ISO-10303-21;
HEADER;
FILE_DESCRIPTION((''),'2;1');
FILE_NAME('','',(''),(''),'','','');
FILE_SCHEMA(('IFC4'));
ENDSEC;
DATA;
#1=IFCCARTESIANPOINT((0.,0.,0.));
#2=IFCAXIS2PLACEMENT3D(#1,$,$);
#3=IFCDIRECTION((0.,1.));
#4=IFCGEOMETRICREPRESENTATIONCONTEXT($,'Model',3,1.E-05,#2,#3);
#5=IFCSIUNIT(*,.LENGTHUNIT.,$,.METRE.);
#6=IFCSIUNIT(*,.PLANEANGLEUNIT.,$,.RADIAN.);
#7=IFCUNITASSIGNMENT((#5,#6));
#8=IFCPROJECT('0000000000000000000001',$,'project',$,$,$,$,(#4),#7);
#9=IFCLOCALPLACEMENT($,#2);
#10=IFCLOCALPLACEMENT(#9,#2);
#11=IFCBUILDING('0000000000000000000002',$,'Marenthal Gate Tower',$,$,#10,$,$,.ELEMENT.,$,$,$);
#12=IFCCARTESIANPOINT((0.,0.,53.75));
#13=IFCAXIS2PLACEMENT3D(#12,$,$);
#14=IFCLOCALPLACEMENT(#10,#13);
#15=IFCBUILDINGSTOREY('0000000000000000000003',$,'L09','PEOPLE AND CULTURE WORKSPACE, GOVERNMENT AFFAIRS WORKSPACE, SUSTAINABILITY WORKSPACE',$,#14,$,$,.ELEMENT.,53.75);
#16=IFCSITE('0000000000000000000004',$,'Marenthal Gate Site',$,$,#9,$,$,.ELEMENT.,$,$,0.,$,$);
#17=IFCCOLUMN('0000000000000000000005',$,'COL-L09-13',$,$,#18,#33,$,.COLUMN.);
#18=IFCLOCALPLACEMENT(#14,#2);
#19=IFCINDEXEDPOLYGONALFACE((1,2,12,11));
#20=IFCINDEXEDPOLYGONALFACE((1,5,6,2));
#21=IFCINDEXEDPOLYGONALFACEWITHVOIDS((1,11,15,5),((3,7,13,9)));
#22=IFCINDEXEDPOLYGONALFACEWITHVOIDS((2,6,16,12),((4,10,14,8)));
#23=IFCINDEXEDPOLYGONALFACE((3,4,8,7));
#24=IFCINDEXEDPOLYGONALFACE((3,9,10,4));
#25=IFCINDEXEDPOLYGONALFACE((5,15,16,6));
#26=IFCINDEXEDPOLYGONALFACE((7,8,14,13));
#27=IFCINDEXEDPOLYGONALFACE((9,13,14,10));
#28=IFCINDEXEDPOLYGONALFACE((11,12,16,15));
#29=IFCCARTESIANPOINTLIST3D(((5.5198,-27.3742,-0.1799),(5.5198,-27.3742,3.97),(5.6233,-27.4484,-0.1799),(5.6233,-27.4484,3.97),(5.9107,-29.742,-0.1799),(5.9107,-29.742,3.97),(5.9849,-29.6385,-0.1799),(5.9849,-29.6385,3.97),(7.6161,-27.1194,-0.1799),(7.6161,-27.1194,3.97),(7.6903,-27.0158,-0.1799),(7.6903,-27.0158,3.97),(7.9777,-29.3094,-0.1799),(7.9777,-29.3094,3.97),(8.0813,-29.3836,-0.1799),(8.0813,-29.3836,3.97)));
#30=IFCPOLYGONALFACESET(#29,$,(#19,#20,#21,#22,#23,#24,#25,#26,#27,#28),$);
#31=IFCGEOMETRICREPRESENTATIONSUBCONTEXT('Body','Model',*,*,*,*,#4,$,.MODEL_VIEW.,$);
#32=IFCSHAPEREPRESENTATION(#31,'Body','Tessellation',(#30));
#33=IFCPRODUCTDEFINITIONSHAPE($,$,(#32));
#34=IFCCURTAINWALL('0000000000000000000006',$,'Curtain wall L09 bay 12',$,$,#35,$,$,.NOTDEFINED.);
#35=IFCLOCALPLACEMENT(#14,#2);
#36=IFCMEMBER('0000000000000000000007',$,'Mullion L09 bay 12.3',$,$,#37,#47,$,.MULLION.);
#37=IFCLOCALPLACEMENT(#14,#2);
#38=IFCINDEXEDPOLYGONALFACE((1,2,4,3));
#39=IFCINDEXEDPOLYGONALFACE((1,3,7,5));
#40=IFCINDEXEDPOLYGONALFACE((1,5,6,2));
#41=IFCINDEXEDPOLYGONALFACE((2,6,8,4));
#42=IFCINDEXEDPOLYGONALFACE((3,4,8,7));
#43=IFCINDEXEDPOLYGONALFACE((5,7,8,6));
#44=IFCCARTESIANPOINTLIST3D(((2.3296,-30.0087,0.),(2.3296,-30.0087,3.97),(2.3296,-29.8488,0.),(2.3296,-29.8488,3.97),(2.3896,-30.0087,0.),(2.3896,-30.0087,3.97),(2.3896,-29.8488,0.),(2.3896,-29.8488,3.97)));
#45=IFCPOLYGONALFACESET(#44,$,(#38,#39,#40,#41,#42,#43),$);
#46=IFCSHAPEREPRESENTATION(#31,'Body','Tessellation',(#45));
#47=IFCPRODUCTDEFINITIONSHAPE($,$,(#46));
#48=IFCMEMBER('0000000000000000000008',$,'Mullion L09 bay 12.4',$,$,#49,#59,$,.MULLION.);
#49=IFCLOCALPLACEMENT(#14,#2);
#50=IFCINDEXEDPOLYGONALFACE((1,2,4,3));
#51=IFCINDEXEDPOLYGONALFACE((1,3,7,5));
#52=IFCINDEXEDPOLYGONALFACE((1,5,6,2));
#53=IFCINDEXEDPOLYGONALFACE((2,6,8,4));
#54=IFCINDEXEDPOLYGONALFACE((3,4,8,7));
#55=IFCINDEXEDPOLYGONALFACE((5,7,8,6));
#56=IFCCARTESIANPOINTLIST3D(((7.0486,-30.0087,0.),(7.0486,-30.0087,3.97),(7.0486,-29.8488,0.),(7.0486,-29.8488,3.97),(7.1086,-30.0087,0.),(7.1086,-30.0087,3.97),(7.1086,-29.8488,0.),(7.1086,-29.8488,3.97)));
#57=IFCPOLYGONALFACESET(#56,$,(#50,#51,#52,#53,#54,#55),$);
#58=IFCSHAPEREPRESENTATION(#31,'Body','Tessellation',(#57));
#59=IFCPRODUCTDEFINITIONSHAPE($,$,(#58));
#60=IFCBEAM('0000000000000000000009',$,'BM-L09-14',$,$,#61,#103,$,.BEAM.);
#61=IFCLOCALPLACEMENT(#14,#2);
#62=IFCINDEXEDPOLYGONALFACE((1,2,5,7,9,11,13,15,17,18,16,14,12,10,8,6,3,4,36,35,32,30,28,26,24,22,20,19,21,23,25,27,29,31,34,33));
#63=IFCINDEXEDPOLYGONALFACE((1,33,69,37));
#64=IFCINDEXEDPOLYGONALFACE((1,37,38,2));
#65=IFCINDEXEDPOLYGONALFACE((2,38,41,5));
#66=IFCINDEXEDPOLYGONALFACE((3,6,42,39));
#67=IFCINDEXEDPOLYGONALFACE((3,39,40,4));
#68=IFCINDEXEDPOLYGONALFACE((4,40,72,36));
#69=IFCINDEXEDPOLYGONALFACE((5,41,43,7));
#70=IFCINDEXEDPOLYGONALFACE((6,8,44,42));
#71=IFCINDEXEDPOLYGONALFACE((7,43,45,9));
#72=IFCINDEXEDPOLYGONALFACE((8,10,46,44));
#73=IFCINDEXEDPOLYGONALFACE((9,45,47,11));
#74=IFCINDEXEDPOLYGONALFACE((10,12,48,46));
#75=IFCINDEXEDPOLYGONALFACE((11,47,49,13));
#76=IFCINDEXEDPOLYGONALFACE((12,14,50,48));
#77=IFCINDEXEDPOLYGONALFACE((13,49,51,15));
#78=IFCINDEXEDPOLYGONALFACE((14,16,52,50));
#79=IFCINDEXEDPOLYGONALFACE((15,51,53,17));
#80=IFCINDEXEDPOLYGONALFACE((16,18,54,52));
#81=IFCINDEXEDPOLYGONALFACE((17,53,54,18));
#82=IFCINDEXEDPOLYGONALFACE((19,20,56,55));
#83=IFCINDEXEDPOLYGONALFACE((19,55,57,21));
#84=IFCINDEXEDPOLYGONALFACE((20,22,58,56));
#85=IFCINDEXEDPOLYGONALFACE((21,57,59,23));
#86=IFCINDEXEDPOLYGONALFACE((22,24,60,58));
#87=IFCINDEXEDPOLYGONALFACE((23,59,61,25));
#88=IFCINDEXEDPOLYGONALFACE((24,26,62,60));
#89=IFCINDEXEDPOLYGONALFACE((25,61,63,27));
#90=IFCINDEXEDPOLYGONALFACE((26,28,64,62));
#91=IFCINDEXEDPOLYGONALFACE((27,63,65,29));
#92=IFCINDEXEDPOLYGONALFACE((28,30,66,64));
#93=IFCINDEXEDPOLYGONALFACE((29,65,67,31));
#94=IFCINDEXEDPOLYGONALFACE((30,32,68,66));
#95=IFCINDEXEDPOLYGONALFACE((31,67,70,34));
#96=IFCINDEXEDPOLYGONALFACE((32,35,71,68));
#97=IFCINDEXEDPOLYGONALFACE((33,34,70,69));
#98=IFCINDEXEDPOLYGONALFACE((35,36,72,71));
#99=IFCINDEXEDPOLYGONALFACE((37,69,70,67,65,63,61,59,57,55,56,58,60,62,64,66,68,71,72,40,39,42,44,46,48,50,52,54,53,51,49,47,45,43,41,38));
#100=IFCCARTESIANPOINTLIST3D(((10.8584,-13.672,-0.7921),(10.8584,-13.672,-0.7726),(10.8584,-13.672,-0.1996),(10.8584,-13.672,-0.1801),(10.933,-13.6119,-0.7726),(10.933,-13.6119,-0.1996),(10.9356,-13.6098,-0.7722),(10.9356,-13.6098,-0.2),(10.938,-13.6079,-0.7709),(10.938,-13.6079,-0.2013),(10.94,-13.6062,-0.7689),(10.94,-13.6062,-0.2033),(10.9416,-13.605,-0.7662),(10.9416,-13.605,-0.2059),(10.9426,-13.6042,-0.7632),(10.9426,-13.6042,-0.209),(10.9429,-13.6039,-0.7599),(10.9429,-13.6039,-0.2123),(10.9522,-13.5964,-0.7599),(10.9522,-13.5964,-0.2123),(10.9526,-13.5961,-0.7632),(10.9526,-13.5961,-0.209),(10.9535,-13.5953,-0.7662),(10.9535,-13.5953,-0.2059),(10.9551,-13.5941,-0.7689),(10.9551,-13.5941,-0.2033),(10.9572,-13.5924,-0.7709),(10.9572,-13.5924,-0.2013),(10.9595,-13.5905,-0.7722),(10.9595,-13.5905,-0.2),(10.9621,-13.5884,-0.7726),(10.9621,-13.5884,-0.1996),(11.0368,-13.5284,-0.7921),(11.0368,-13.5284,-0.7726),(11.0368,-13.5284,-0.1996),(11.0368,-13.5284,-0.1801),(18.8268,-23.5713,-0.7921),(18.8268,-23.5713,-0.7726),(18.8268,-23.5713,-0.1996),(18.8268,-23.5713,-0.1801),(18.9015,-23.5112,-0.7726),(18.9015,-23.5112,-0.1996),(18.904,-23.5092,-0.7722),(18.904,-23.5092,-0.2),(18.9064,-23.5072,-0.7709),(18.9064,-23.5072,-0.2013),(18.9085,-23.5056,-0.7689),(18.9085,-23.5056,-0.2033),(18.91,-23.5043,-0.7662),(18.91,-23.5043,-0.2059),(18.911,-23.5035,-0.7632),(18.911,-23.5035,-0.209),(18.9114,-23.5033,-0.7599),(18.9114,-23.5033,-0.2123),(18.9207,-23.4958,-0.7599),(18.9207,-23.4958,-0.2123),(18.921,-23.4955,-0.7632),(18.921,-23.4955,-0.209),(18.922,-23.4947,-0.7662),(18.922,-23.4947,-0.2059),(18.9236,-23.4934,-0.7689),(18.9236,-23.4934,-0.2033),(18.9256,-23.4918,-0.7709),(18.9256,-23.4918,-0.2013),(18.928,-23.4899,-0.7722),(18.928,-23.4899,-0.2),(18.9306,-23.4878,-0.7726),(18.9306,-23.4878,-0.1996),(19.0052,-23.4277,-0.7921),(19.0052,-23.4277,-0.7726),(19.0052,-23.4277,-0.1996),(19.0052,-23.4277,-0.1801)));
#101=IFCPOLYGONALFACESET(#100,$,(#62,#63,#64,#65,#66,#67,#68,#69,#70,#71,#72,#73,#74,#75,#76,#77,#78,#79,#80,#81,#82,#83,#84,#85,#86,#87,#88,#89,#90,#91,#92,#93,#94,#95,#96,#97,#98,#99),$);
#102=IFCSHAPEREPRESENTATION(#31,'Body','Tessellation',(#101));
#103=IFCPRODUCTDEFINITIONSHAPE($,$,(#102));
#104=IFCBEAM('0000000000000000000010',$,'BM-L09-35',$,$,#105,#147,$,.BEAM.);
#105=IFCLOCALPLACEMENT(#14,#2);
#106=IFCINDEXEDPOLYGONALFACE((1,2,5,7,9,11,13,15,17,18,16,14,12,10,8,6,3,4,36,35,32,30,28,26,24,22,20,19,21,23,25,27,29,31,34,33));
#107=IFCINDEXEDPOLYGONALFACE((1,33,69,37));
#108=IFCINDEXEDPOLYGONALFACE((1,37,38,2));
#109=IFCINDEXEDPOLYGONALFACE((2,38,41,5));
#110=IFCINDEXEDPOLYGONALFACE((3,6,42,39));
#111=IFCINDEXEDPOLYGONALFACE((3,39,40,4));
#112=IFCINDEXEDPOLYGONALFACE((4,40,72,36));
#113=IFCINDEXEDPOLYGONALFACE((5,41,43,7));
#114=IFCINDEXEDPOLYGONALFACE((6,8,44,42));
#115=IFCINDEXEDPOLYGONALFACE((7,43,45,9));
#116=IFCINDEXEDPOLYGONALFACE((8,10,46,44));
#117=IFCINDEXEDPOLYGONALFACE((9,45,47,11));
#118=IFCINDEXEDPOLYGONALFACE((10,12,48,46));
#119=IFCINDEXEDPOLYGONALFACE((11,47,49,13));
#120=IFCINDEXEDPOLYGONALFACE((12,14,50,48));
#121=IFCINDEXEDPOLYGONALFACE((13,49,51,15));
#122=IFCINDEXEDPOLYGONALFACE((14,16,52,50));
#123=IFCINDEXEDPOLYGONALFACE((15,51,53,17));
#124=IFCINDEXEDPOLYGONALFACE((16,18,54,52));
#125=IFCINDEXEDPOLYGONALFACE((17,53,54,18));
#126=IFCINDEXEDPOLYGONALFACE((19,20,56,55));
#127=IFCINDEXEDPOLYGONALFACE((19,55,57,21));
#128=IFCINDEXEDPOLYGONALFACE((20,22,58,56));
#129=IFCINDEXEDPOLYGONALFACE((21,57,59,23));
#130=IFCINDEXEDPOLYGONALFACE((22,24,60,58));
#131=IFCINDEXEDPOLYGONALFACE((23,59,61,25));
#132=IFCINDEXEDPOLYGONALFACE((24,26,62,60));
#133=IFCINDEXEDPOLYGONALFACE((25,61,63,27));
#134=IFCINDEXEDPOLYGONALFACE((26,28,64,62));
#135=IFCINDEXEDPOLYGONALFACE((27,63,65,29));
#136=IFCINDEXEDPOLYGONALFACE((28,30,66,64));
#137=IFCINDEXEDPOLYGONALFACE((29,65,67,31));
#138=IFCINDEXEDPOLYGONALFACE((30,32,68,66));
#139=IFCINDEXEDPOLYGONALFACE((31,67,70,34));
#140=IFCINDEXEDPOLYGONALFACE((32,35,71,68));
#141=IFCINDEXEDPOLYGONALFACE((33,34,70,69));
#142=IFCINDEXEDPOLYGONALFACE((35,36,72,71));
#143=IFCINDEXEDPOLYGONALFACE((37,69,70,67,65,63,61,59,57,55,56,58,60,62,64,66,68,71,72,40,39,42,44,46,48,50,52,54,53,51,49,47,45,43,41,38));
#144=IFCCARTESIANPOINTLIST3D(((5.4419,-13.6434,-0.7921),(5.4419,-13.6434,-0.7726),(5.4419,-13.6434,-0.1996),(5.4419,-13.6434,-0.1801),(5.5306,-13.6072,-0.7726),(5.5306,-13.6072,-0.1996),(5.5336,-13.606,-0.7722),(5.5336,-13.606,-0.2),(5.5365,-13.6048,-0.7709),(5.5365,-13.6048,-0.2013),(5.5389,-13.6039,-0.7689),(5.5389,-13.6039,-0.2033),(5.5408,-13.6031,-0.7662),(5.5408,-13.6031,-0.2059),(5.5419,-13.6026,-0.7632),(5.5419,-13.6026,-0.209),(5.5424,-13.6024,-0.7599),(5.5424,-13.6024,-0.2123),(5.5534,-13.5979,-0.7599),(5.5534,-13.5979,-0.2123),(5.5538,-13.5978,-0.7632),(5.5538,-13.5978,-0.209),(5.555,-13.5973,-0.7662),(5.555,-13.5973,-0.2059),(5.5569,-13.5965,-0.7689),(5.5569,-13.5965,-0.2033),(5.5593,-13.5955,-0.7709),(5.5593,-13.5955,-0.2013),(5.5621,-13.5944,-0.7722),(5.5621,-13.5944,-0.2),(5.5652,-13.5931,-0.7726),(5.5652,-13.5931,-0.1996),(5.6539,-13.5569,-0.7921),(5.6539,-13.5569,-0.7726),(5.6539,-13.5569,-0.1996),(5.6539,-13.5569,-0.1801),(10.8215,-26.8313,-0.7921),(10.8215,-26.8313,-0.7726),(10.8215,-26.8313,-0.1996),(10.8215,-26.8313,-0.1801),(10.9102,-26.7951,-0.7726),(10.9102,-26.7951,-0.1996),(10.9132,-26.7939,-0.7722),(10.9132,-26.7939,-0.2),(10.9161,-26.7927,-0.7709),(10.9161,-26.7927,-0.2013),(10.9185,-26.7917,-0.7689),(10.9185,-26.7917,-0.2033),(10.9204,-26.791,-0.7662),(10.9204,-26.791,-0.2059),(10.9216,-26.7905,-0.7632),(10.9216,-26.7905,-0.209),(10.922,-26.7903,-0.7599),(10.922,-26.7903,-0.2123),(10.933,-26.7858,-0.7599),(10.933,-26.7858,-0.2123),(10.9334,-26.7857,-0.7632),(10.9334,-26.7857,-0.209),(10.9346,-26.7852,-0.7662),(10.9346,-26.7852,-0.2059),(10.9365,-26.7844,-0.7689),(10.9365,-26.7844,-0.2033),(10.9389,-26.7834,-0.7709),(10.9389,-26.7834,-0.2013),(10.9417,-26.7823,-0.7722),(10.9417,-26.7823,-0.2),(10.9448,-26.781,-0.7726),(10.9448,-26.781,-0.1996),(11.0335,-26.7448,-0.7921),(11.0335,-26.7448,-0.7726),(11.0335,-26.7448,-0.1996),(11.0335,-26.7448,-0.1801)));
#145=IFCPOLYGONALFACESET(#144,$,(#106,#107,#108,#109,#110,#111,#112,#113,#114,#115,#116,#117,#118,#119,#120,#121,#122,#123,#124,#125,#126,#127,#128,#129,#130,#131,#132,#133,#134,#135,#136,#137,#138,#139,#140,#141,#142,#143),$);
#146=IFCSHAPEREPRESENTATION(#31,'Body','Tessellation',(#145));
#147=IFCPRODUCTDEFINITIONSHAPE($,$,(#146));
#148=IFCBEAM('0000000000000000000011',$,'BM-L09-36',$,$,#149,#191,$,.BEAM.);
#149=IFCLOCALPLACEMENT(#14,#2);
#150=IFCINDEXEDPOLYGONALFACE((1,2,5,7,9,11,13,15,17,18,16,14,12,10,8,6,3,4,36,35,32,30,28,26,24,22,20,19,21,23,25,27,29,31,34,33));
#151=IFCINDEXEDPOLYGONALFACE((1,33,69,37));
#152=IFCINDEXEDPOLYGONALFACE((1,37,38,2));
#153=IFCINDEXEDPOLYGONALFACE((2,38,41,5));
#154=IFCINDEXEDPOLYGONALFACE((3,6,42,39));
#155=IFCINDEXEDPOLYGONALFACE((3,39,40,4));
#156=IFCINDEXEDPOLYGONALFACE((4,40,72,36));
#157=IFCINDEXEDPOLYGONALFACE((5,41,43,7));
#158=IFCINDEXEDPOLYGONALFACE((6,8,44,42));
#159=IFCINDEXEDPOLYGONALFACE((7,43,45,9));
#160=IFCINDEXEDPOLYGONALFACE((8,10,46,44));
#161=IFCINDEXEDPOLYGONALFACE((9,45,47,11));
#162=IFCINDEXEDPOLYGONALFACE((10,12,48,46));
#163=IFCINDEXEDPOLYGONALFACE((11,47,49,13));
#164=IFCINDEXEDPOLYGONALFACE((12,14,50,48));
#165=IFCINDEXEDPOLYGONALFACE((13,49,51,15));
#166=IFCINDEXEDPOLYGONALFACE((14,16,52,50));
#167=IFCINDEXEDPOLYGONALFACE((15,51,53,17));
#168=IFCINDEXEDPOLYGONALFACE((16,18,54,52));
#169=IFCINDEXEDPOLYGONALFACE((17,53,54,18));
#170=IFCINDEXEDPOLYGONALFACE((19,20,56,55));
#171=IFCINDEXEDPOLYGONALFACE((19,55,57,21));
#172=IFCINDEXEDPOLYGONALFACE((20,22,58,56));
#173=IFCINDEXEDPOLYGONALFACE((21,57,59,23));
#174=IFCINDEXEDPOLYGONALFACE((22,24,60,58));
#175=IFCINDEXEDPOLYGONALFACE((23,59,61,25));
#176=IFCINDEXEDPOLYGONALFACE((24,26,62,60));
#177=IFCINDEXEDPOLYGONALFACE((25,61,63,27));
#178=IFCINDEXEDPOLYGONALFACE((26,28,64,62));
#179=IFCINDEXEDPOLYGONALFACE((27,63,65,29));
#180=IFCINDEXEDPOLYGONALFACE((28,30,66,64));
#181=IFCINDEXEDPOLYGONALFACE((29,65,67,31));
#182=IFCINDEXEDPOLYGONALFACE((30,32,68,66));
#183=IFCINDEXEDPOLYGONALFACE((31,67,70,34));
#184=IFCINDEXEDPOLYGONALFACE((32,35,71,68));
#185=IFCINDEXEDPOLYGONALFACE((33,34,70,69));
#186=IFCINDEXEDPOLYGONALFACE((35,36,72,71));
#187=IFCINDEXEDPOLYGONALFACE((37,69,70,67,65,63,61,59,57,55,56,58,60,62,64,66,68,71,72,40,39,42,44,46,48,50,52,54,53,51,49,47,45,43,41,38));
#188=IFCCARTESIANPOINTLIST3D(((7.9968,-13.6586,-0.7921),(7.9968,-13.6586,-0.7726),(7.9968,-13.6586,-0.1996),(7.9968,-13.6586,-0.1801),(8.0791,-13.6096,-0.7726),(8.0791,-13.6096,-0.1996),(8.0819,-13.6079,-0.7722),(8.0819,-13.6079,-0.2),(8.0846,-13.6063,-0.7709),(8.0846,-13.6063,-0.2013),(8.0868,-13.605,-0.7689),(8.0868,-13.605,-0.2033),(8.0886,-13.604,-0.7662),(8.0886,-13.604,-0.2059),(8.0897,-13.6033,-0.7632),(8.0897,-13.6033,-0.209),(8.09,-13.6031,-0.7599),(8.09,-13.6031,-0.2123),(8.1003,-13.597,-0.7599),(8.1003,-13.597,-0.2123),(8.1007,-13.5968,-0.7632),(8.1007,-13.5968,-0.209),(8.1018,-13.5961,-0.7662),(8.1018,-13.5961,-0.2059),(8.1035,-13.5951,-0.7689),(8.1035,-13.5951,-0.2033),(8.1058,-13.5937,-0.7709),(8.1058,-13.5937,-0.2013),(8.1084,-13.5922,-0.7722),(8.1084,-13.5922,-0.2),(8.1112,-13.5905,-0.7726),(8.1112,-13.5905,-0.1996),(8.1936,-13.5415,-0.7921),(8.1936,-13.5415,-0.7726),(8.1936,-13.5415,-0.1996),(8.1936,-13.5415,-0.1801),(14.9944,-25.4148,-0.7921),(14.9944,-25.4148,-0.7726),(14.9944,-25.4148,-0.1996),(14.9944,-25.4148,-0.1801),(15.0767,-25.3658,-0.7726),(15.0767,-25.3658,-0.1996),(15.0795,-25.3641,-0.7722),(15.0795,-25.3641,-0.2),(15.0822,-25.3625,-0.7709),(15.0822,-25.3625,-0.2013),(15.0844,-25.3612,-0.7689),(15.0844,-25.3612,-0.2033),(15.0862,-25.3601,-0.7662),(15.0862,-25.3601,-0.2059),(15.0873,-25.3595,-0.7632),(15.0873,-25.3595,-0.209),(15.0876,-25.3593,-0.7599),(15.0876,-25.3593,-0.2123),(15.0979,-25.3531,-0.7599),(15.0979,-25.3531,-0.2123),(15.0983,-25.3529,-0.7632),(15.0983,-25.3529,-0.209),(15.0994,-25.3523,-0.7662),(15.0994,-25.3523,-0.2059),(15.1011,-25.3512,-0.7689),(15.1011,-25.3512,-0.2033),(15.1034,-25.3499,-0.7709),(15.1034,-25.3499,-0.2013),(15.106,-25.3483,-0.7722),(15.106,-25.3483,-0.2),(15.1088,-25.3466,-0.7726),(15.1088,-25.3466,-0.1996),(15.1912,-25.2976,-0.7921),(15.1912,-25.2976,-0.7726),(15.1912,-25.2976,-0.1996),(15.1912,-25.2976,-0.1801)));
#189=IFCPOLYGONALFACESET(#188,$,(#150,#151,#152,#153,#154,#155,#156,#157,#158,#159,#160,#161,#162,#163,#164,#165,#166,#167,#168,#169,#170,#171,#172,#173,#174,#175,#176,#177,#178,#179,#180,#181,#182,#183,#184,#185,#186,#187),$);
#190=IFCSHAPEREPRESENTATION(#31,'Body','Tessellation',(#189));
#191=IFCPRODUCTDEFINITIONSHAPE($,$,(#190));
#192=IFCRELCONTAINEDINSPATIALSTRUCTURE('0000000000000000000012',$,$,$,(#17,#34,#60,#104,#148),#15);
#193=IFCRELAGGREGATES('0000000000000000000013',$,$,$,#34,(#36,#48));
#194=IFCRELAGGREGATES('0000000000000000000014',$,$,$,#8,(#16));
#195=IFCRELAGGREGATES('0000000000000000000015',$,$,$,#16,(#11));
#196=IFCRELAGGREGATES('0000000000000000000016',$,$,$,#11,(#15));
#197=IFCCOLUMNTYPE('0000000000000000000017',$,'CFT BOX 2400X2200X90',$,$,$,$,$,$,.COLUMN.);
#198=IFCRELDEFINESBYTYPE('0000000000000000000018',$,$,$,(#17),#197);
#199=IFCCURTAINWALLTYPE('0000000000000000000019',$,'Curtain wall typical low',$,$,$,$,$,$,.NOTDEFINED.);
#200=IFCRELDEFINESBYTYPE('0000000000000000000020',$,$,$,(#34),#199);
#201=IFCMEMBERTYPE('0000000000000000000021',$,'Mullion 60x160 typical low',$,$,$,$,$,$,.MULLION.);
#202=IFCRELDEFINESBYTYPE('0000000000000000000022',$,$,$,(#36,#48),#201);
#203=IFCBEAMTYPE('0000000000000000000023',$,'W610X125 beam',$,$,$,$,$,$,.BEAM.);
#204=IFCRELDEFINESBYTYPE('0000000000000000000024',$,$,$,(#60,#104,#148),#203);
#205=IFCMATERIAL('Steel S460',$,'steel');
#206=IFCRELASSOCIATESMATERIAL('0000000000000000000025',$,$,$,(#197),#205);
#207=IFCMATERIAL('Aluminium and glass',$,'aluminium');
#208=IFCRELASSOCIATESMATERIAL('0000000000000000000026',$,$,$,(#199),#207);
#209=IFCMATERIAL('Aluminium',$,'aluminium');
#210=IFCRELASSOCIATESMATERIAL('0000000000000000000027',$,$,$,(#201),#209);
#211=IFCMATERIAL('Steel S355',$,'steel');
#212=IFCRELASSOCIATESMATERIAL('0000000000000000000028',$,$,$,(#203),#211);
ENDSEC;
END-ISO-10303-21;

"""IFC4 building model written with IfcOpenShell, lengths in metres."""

from ifc_helpers import new_model, si_unit, direction, frame, origin, origin_2d, place, context, subcontext, project, spatial, rectangle, hollow_rectangle, i_section, extrude, material, material_profile, profile_set, type_object, element, aggregate, save


model = new_model("IFC4")

# Units and contexts
model_context = context("Model", 3, precision=1e-05, world=origin(), true_north=direction((0.0, 1.0)))
body_context = subcontext(model_context, "Body", "Model", "MODEL_VIEW")
ifc_project = project(units=[si_unit("LENGTHUNIT", "METRE"), si_unit("PLANEANGLEUNIT", "RADIAN")], contexts=[model_context])

# Site, building, storey
site_placement = place(None, origin())
site = spatial("IfcSite", under=ifc_project, at=site_placement, Name="Marenthal Gate Site", CompositionType="ELEMENT", RefElevation=0.0)
building_placement = place(site_placement, origin())
building = spatial("IfcBuilding", under=site, at=building_placement, Name="Marenthal Gate Tower", CompositionType="ELEMENT")
storey_placement = place(building_placement, frame((0.0, 0.0, 53.75)))
storey = spatial("IfcBuildingStorey", under=building, at=storey_placement, Name="L09", Description="PEOPLE AND CULTURE WORKSPACE, GOVERNMENT AFFAIRS WORKSPACE, SUSTAINABILITY WORKSPACE", CompositionType="ELEMENT", Elevation=53.75)

# Column
ifc_material_1 = material(Name="Steel S460", Category="steel")
ifc_material_profile_1 = material_profile(ifc_material_1, hollow_rectangle(XDim=2.2, YDim=2.3999, WallThickness=0.0901, at=origin_2d()), Name="CFT BOX 2400X2200X90")
ifc_material_2 = material(Name="Concrete 70 MPa", Category="concrete")
ifc_material_profile_2 = material_profile(ifc_material_2, rectangle(XDim=2.02, YDim=2.22, at=origin_2d()), Name="CFT BOX 2400X2200X90 INFILL")
ifc_profile_set_1 = profile_set([ifc_material_profile_1, ifc_material_profile_2], Name="Steel S460 shell, Concrete 70 MPa infill")
column_type = type_object("IfcColumnType", Name="CFT BOX 2400X2200X90", PredefinedType="COLUMN", material=ifc_profile_set_1)
column_placement = place(storey_placement, frame((6.8005, -28.3789, -0.1799), z_axis=(0.0, 0.0, 1.0), x_axis=(-0.986641, -0.162908, 0.0)))
element("IfcColumn", 1, at=column_placement, inside=storey, type_object=column_type, Name="COL-L09-13", PredefinedType="COLUMN", context=body_context, shape_type="SweptSolid", body=[
    extrude(hollow_rectangle(XDim=2.2, YDim=2.3999, WallThickness=0.0901, at=origin_2d()), origin(), (0.0, 0.0, 1.0), 4.1499),
])

# Curtain wall, members
ifc_material_3 = material(Name="Aluminium and glass", Category="aluminium")
curtain_wall_type = type_object("IfcCurtainWallType", Name="Curtain wall typical low", PredefinedType="NOTDEFINED", material=ifc_material_3)
curtain_wall_placement = place(storey_placement, origin())
curtain_wall = element("IfcCurtainWall", 2, at=curtain_wall_placement, inside=storey, type_object=curtain_wall_type, Name="Curtain wall L09 bay 12", PredefinedType="NOTDEFINED")
ifc_material_4 = material(Name="Aluminium", Category="aluminium")
ifc_material_profile_3 = material_profile(ifc_material_4, rectangle(XDim=0.1599, YDim=0.0601, at=origin_2d()), Name="60x160 aluminium mullion")
ifc_profile_set_2 = profile_set([ifc_material_profile_3], Name="Aluminium")
member_type = type_object("IfcMemberType", Name="Mullion 60x160 typical low", PredefinedType="MULLION", material=ifc_profile_set_2)
member_1_placement = place(storey_placement, frame((2.3596, -29.9287, 0.0), z_axis=(0.0, 0.0, 1.0), x_axis=(0.0, 1.0, 0.0)))
member_1 = element("IfcMember", 3, at=member_1_placement, type_object=member_type, Name="Mullion L09 bay 12.3", PredefinedType="MULLION", context=body_context, shape_type="SweptSolid", body=[
    extrude(rectangle(XDim=0.1599, YDim=0.0601, at=origin_2d()), origin(), (0.0, 0.0, 1.0), 3.97),
])
member_2_placement = place(storey_placement, frame((7.0786, -29.9287, 0.0), z_axis=(0.0, 0.0, 1.0), x_axis=(0.0, 1.0, 0.0)))
member_2 = element("IfcMember", 4, at=member_2_placement, type_object=member_type, Name="Mullion L09 bay 12.4", PredefinedType="MULLION", context=body_context, shape_type="SweptSolid", body=[
    extrude(rectangle(XDim=0.1599, YDim=0.0601, at=origin_2d()), origin(), (0.0, 0.0, 1.0), 3.97),
])

# Beams
ifc_material_5 = material(Name="Steel S355", Category="steel")
ifc_material_profile_4 = material_profile(ifc_material_5, i_section(OverallWidth=0.229, OverallDepth=0.6121, WebThickness=0.012, FlangeThickness=0.0195, FilletRadius=0.0127, at=origin_2d()), Name="W610X125")
ifc_profile_set_3 = profile_set([ifc_material_profile_4], Name="Steel S355")
beam_type_1 = type_object("IfcBeamType", Name="W610X125 beam", PredefinedType="BEAM", material=ifc_profile_set_3)
beam_1_placement = place(storey_placement, frame((18.916, -23.4995, -0.4861), z_axis=(-0.627042, 0.778985, 0.0), x_axis=(-0.778985, -0.627042, 0.0)))
element("IfcBeam", 5, at=beam_1_placement, inside=storey, type_object=beam_type_1, Name="BM-L09-14", PredefinedType="BEAM", context=body_context, shape_type="SweptSolid", body=[
    extrude(i_section(OverallWidth=0.229, OverallDepth=0.6121, WebThickness=0.012, FlangeThickness=0.0195, FilletRadius=0.0127, at=origin_2d()), origin(), (0.0, 0.0, 1.0), 12.708),
])
beam_2_placement = place(storey_placement, frame((10.9275, -26.7881, -0.4861), z_axis=(-0.377704, 0.925927, 0.0), x_axis=(-0.925927, -0.377704, 0.0)))
element("IfcBeam", 6, at=beam_2_placement, inside=storey, type_object=beam_type_1, Name="BM-L09-35", PredefinedType="BEAM", context=body_context, shape_type="SweptSolid", body=[
    extrude(i_section(OverallWidth=0.229, OverallDepth=0.6121, WebThickness=0.012, FlangeThickness=0.0195, FilletRadius=0.0127, at=origin_2d()), origin(), (0.0, 0.0, 1.0), 14.2429),
])
beam_3_placement = place(storey_placement, frame((15.0928, -25.3562, -0.4861), z_axis=(-0.511477, 0.859297, 0.0), x_axis=(-0.859297, -0.511477, 0.0)))
element("IfcBeam", 7, at=beam_3_placement, inside=storey, type_object=beam_type_1, Name="BM-L09-36", PredefinedType="BEAM", context=body_context, shape_type="SweptSolid", body=[
    extrude(i_section(OverallWidth=0.229, OverallDepth=0.6121, WebThickness=0.012, FlangeThickness=0.0195, FilletRadius=0.0127, at=origin_2d()), origin(), (0.0, 0.0, 1.0), 13.6812),
])

aggregate(curtain_wall, [member_1, member_2])

save(model, "model.ifc")
